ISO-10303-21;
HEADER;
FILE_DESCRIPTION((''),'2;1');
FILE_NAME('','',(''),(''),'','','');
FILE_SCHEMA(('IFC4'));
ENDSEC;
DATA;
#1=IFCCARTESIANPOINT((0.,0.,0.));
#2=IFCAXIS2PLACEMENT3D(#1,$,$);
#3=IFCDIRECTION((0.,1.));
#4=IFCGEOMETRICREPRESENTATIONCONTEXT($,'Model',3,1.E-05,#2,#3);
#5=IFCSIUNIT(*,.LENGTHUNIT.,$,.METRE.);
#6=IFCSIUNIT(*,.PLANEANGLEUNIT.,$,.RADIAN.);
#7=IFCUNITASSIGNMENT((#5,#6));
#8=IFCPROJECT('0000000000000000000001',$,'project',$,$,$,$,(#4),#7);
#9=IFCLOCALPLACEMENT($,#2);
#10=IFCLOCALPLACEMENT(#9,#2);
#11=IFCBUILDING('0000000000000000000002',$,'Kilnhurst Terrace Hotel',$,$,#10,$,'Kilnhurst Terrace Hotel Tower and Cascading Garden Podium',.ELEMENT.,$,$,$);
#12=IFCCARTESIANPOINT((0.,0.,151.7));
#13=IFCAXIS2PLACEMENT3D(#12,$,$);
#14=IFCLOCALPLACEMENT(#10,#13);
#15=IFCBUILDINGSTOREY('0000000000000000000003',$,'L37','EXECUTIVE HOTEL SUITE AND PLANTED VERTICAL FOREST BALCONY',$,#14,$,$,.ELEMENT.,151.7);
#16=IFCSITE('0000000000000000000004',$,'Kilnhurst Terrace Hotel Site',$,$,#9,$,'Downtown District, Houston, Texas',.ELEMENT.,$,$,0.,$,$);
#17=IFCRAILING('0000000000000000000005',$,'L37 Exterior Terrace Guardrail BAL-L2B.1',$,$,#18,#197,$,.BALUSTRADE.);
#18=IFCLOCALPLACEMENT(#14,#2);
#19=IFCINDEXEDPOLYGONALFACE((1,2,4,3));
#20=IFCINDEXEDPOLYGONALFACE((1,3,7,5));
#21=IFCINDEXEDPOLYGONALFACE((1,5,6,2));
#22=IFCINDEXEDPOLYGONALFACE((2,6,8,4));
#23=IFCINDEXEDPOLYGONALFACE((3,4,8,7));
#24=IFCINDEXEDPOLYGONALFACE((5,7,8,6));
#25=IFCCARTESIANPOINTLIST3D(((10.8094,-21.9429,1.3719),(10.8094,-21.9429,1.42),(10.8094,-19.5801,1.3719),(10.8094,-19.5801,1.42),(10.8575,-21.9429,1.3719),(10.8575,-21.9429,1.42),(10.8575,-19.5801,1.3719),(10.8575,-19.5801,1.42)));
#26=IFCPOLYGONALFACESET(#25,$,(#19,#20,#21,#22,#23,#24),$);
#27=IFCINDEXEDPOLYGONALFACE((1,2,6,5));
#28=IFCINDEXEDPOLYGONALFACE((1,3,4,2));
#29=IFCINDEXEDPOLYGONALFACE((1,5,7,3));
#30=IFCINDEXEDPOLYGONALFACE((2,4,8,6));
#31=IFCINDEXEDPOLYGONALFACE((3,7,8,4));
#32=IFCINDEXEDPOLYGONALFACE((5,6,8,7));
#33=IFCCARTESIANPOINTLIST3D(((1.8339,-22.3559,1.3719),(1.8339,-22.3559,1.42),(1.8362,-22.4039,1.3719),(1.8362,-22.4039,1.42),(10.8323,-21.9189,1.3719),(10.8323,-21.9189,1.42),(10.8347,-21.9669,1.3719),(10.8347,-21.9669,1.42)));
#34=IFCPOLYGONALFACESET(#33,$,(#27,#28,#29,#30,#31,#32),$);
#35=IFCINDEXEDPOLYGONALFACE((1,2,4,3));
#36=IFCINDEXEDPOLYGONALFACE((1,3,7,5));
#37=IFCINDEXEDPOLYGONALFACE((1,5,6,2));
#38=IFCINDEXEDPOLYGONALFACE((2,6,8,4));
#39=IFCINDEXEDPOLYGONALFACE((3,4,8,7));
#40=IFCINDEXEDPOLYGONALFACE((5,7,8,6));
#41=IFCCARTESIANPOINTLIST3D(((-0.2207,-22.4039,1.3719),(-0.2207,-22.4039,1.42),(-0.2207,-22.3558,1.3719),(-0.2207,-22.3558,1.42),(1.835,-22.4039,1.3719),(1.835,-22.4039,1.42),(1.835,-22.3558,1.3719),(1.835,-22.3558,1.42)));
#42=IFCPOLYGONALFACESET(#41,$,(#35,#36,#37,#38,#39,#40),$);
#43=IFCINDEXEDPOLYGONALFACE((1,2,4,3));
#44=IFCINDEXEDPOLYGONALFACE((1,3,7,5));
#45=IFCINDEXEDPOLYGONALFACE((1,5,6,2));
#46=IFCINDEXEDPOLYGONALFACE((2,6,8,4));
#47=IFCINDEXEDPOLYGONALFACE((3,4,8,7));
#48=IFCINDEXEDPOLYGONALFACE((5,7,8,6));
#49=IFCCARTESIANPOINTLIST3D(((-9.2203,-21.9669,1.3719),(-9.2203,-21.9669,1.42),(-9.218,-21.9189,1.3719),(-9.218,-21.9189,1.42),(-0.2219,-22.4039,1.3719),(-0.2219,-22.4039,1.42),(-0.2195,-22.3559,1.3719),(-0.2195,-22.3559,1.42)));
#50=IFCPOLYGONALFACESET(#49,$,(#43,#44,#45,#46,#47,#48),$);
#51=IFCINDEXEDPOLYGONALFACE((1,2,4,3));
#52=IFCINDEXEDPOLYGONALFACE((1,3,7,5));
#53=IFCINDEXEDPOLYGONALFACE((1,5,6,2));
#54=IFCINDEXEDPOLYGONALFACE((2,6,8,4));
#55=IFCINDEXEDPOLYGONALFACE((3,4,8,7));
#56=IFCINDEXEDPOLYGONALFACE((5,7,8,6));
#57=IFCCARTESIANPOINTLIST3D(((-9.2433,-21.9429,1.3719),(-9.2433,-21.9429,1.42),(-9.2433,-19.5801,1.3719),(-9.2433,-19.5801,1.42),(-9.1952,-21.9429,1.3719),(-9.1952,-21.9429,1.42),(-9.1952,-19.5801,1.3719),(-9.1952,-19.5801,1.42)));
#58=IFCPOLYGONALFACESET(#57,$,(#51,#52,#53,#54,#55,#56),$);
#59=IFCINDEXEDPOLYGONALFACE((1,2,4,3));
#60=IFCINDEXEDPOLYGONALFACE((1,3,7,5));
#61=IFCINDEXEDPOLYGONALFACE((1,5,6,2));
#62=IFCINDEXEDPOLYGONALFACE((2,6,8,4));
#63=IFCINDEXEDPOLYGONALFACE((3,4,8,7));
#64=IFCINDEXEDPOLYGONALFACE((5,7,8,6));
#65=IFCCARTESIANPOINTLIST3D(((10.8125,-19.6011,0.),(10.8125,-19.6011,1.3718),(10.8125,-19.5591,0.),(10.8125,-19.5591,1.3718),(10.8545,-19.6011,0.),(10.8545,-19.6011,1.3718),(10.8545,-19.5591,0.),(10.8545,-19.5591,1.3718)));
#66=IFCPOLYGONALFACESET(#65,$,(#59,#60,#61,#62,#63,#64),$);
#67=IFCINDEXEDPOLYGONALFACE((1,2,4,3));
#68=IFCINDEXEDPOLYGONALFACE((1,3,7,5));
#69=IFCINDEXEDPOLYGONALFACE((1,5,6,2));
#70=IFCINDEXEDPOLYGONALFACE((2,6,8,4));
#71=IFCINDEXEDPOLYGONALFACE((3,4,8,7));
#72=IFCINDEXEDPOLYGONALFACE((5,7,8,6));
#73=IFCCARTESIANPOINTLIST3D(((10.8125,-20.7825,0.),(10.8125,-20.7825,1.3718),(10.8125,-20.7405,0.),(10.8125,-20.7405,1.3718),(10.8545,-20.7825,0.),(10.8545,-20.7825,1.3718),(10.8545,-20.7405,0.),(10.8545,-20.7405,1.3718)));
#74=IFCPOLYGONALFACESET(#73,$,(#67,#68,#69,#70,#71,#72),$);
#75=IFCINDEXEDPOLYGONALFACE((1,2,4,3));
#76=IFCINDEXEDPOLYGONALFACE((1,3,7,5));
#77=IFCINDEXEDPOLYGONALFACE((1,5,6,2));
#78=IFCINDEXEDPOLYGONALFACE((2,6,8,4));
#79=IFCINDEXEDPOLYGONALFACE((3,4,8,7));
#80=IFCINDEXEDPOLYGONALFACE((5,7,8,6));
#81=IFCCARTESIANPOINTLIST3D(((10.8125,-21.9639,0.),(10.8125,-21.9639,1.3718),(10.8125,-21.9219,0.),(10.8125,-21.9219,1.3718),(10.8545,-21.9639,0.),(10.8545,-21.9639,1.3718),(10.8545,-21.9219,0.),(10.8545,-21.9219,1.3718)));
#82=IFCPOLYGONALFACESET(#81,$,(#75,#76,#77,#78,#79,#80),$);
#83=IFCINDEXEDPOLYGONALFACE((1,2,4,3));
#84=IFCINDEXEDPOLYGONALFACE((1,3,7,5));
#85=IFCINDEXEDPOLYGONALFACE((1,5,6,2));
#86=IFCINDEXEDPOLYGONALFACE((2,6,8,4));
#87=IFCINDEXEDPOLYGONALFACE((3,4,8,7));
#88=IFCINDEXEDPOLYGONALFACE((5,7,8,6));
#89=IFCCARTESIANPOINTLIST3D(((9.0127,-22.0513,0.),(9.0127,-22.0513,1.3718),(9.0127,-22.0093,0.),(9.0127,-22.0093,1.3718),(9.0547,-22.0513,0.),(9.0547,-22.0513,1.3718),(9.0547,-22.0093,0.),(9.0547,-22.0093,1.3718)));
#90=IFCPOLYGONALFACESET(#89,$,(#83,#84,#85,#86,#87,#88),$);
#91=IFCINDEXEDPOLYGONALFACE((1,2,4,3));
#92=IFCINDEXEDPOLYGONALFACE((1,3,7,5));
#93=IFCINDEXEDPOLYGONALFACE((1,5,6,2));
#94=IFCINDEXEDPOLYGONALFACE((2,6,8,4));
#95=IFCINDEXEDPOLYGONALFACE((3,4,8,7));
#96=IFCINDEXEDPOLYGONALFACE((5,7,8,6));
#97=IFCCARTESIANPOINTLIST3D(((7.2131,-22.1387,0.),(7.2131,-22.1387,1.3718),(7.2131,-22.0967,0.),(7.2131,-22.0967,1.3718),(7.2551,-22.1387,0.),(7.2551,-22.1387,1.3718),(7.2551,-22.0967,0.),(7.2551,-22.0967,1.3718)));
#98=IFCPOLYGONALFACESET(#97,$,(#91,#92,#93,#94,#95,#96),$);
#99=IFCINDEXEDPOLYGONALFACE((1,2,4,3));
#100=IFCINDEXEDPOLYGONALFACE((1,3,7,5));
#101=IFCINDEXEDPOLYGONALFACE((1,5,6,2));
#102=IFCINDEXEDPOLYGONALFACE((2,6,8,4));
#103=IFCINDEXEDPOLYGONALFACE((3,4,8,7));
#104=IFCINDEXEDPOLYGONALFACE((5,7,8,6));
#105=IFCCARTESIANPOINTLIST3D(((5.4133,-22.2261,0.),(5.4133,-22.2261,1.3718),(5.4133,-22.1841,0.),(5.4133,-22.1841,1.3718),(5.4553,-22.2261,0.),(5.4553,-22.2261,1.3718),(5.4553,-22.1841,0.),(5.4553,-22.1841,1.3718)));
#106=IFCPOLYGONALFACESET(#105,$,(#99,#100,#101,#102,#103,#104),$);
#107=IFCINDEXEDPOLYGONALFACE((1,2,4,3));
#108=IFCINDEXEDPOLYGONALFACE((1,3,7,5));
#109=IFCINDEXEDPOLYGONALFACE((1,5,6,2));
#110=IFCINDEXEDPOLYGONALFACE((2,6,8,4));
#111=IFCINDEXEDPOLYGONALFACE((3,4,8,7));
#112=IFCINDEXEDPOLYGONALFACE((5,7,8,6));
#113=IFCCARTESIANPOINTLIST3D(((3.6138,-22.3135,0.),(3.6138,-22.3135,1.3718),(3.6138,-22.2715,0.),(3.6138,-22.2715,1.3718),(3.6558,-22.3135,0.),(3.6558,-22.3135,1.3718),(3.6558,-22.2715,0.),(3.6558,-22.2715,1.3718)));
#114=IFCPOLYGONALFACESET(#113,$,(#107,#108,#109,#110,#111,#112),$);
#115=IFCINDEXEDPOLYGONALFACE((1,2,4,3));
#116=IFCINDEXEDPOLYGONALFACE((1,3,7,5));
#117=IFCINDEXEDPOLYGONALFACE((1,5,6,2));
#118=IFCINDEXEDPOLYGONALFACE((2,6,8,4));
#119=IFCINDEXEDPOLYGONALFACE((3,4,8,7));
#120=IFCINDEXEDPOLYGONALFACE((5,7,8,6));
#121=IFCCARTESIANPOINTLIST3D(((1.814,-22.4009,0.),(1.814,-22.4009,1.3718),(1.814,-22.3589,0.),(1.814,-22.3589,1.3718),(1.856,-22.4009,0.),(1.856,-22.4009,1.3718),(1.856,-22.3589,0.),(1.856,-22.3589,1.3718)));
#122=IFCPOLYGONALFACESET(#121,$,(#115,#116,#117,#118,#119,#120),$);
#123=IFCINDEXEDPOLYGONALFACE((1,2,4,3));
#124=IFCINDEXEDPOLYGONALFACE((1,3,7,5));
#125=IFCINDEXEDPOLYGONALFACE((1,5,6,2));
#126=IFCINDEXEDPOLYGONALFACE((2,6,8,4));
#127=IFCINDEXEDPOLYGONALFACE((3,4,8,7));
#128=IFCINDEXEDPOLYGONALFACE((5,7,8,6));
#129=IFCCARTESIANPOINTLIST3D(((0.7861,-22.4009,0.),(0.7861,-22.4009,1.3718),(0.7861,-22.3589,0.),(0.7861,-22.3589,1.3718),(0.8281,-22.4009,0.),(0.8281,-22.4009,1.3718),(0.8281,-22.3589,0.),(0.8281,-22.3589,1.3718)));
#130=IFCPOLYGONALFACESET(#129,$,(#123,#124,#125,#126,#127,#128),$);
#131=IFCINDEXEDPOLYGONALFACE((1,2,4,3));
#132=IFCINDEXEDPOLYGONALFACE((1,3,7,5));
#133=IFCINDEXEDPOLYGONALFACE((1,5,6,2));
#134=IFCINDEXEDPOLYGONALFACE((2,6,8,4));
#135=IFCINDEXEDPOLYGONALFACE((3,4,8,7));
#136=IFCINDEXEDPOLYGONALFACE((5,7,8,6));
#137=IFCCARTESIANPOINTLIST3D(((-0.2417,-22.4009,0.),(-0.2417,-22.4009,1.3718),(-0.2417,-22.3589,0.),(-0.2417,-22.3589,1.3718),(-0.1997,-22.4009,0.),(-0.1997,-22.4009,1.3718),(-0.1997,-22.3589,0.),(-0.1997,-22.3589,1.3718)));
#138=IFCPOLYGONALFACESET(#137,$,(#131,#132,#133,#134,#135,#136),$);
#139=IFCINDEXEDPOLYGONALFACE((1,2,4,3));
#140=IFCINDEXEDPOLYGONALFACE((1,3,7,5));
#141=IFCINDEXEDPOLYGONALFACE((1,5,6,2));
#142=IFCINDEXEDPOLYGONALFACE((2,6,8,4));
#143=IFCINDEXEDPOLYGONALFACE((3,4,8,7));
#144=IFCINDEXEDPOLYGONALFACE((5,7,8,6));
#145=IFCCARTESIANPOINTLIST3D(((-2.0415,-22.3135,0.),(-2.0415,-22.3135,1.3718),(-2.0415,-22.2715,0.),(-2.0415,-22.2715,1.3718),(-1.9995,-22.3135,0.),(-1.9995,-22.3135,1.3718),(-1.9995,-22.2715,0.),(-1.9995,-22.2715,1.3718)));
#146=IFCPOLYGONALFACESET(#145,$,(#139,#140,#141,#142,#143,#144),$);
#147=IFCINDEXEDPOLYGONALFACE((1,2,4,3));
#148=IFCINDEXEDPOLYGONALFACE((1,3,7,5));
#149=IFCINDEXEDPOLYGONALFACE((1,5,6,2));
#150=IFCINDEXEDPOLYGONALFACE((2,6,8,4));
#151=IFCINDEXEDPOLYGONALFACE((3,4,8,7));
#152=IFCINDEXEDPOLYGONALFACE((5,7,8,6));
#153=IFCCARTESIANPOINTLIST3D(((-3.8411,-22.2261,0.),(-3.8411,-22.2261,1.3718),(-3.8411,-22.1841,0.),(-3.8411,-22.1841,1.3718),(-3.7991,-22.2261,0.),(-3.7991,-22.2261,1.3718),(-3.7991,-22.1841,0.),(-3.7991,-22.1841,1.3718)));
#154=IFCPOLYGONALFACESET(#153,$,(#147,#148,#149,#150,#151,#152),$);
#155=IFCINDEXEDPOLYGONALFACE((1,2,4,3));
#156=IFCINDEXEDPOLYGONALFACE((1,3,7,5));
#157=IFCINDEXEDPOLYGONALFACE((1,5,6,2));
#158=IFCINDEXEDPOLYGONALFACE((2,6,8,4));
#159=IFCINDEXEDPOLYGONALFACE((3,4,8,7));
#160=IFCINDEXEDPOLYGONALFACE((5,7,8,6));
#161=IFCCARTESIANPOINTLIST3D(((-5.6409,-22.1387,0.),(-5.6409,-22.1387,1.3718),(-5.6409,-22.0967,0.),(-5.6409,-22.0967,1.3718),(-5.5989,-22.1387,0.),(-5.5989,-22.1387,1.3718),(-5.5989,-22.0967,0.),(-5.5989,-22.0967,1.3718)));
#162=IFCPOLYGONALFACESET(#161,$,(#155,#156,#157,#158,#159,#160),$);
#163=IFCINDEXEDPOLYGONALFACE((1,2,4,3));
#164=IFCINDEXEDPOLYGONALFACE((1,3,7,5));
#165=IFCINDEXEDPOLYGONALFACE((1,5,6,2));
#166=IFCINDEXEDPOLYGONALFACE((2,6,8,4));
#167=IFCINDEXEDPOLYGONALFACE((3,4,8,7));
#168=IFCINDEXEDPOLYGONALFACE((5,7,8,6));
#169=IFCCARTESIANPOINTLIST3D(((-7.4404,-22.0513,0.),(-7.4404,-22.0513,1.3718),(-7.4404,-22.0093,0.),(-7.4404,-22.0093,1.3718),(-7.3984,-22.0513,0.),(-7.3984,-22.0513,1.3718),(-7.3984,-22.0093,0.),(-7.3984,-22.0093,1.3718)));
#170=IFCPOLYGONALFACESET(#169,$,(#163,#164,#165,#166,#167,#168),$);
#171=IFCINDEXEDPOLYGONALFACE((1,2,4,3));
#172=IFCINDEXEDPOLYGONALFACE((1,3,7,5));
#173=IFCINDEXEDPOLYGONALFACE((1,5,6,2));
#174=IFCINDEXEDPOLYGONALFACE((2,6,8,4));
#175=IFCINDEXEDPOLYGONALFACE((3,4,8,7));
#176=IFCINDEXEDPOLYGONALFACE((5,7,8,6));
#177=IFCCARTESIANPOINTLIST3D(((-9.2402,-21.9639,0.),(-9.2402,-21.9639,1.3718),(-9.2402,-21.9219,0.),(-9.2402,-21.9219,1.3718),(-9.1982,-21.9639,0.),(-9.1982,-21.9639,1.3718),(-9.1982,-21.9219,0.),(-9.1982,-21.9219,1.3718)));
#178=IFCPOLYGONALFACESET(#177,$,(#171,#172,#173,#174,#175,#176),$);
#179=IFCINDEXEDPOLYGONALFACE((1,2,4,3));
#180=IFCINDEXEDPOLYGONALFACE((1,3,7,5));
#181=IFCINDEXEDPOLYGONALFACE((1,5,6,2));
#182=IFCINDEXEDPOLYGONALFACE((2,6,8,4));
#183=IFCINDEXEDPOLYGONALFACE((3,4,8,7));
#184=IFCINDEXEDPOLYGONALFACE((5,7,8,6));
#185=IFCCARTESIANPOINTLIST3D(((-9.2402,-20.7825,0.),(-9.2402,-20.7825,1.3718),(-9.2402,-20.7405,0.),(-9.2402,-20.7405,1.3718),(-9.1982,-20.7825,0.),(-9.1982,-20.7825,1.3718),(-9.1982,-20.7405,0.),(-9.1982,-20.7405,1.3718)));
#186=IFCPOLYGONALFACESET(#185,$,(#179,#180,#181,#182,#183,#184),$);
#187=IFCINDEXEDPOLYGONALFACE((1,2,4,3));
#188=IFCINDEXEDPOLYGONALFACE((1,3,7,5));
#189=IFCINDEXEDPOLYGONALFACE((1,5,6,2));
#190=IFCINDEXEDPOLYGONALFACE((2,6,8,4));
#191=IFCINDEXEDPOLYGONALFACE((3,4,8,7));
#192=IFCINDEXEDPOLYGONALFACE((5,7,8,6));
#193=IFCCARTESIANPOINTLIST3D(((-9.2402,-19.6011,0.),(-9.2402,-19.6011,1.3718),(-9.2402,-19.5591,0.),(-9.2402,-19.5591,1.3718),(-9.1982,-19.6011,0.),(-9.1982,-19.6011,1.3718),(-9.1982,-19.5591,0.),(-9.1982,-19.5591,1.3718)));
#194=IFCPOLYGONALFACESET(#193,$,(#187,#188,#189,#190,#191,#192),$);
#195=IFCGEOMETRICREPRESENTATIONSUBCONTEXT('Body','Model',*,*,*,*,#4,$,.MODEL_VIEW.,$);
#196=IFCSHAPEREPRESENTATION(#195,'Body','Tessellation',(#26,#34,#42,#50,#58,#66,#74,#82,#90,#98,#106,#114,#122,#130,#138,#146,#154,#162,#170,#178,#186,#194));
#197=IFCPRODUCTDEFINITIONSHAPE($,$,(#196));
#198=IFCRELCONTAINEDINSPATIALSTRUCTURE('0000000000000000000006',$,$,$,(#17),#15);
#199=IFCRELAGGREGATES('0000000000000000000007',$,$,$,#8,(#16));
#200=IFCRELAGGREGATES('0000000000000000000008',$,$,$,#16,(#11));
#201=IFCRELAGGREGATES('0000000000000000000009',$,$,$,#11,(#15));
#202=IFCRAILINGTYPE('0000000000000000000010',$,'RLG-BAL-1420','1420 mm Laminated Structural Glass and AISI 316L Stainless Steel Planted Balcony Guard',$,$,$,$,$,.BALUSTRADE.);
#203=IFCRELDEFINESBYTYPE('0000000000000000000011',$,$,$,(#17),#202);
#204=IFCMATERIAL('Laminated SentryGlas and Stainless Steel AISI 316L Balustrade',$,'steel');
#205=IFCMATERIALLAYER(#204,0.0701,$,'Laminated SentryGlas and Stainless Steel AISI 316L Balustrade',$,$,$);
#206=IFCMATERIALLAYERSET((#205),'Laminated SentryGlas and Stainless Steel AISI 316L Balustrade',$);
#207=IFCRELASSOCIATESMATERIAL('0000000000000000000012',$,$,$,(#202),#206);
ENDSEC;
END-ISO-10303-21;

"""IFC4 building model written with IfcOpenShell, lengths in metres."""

from ifc_helpers import new_model, si_unit, direction, frame, origin, origin_2d, place, context, subcontext, project, spatial, rectangle, extrude, material, layer, layer_set, type_object, element, save


model = new_model("IFC4")

# Units and contexts
model_context = context("Model", 3, precision=1e-05, world=origin(), true_north=direction((0.0, 1.0)))
body_context = subcontext(model_context, "Body", "Model", "MODEL_VIEW")
ifc_project = project(units=[si_unit("LENGTHUNIT", "METRE"), si_unit("PLANEANGLEUNIT", "RADIAN")], contexts=[model_context])

# Site, building, storey
site_placement = place(None, origin())
site = spatial("IfcSite", under=ifc_project, at=site_placement, Name="Kilnhurst Terrace Hotel Site", LongName="Downtown District, Houston, Texas", CompositionType="ELEMENT", RefElevation=0.0)
building_placement = place(site_placement, origin())
building = spatial("IfcBuilding", under=site, at=building_placement, Name="Kilnhurst Terrace Hotel", LongName="Kilnhurst Terrace Hotel Tower and Cascading Garden Podium", CompositionType="ELEMENT")
storey_placement = place(building_placement, frame((0.0, 0.0, 151.7)))
storey = spatial("IfcBuildingStorey", under=building, at=storey_placement, Name="L37", Description="EXECUTIVE HOTEL SUITE AND PLANTED VERTICAL FOREST BALCONY", CompositionType="ELEMENT", Elevation=151.7)

# Railing
ifc_material_1 = material(Name="Laminated SentryGlas and Stainless Steel AISI 316L Balustrade", Category="steel")
ifc_layer_1 = layer(ifc_material_1, 0.0701, Name="Laminated SentryGlas and Stainless Steel AISI 316L Balustrade")
ifc_layer_set_1 = layer_set([ifc_layer_1], Name="Laminated SentryGlas and Stainless Steel AISI 316L Balustrade")
railing_type = type_object("IfcRailingType", Name="RLG-BAL-1420", Description="1420 mm Laminated Structural Glass and AISI 316L Stainless Steel Planted Balcony Guard", PredefinedType="BALUSTRADE", material=ifc_layer_set_1)
railing_placement = place(storey_placement, frame((10.8335, -19.5801, 0.0)))
element("IfcRailing", 1, at=railing_placement, inside=storey, type_object=railing_type, Name="L37 Exterior Terrace Guardrail BAL-L2B.1", PredefinedType="BALUSTRADE", context=body_context, shape_type="SweptSolid", body=[
    extrude(rectangle(XDim=0.0481, YDim=0.0481, at=origin_2d()), frame((0.0, 0.0, 1.396), z_axis=(0.0, -1.0, 0.0), x_axis=(1.0, 0.0, 0.0)), (0.0, 0.0, 1.0), 2.3628),
    extrude(rectangle(XDim=0.0481, YDim=0.0481, at=origin_2d()), frame((0.0, -2.3628, 1.396), z_axis=(-0.998823, -0.048508, 0.0), x_axis=(0.048508, -0.998823, 0.0)), (0.0, 0.0, 1.0), 9.009),
    extrude(rectangle(XDim=0.0481, YDim=0.0481, at=origin_2d()), frame((-8.9985, -2.7998, 1.396), z_axis=(-1.0, 0.0, 0.0), x_axis=(0.0, -1.0, 0.0)), (0.0, 0.0, 1.0), 2.0557),
    extrude(rectangle(XDim=0.0481, YDim=0.0481, at=origin_2d()), frame((-11.0542, -2.7998, 1.396), z_axis=(-0.998823, 0.048508, 0.0), x_axis=(-0.048508, -0.998823, 0.0)), (0.0, 0.0, 1.0), 9.009),
    extrude(rectangle(XDim=0.0481, YDim=0.0481, at=origin_2d()), frame((-20.0527, -2.3628, 1.396), z_axis=(0.0, 1.0, 0.0), x_axis=(-1.0, 0.0, 0.0)), (0.0, 0.0, 1.0), 2.3628),
    extrude(rectangle(XDim=0.042, YDim=0.042, at=origin_2d()), origin(), (0.0, 0.0, 1.0), 1.3718),
    extrude(rectangle(XDim=0.042, YDim=0.042, at=origin_2d()), frame((0.0, -1.1814, 0.0)), (0.0, 0.0, 1.0), 1.3718),
    extrude(rectangle(XDim=0.042, YDim=0.042, at=origin_2d()), frame((0.0, -2.3628, 0.0)), (0.0, 0.0, 1.0), 1.3718),
    extrude(rectangle(XDim=0.042, YDim=0.042, at=origin_2d()), frame((-1.7998, -2.4502, 0.0)), (0.0, 0.0, 1.0), 1.3718),
    extrude(rectangle(XDim=0.042, YDim=0.042, at=origin_2d()), frame((-3.5994, -2.5376, 0.0)), (0.0, 0.0, 1.0), 1.3718),
    extrude(rectangle(XDim=0.042, YDim=0.042, at=origin_2d()), frame((-5.3992, -2.625, 0.0)), (0.0, 0.0, 1.0), 1.3718),
    extrude(rectangle(XDim=0.042, YDim=0.042, at=origin_2d()), frame((-7.1987, -2.7124, 0.0)), (0.0, 0.0, 1.0), 1.3718),
    extrude(rectangle(XDim=0.042, YDim=0.042, at=origin_2d()), frame((-8.9985, -2.7998, 0.0)), (0.0, 0.0, 1.0), 1.3718),
    extrude(rectangle(XDim=0.042, YDim=0.042, at=origin_2d()), frame((-10.0264, -2.7998, 0.0)), (0.0, 0.0, 1.0), 1.3718),
    extrude(rectangle(XDim=0.042, YDim=0.042, at=origin_2d()), frame((-11.0542, -2.7998, 0.0)), (0.0, 0.0, 1.0), 1.3718),
    extrude(rectangle(XDim=0.042, YDim=0.042, at=origin_2d()), frame((-12.854, -2.7124, 0.0)), (0.0, 0.0, 1.0), 1.3718),
    extrude(rectangle(XDim=0.042, YDim=0.042, at=origin_2d()), frame((-14.6536, -2.625, 0.0)), (0.0, 0.0, 1.0), 1.3718),
    extrude(rectangle(XDim=0.042, YDim=0.042, at=origin_2d()), frame((-16.4534, -2.5376, 0.0)), (0.0, 0.0, 1.0), 1.3718),
    extrude(rectangle(XDim=0.042, YDim=0.042, at=origin_2d()), frame((-18.2529, -2.4502, 0.0)), (0.0, 0.0, 1.0), 1.3718),
    extrude(rectangle(XDim=0.042, YDim=0.042, at=origin_2d()), frame((-20.0527, -2.3628, 0.0)), (0.0, 0.0, 1.0), 1.3718),
    extrude(rectangle(XDim=0.042, YDim=0.042, at=origin_2d()), frame((-20.0527, -1.1814, 0.0)), (0.0, 0.0, 1.0), 1.3718),
    extrude(rectangle(XDim=0.042, YDim=0.042, at=origin_2d()), frame((-20.0527, 0.0, 0.0)), (0.0, 0.0, 1.0), 1.3718),
])

save(model, "model.ifc")
